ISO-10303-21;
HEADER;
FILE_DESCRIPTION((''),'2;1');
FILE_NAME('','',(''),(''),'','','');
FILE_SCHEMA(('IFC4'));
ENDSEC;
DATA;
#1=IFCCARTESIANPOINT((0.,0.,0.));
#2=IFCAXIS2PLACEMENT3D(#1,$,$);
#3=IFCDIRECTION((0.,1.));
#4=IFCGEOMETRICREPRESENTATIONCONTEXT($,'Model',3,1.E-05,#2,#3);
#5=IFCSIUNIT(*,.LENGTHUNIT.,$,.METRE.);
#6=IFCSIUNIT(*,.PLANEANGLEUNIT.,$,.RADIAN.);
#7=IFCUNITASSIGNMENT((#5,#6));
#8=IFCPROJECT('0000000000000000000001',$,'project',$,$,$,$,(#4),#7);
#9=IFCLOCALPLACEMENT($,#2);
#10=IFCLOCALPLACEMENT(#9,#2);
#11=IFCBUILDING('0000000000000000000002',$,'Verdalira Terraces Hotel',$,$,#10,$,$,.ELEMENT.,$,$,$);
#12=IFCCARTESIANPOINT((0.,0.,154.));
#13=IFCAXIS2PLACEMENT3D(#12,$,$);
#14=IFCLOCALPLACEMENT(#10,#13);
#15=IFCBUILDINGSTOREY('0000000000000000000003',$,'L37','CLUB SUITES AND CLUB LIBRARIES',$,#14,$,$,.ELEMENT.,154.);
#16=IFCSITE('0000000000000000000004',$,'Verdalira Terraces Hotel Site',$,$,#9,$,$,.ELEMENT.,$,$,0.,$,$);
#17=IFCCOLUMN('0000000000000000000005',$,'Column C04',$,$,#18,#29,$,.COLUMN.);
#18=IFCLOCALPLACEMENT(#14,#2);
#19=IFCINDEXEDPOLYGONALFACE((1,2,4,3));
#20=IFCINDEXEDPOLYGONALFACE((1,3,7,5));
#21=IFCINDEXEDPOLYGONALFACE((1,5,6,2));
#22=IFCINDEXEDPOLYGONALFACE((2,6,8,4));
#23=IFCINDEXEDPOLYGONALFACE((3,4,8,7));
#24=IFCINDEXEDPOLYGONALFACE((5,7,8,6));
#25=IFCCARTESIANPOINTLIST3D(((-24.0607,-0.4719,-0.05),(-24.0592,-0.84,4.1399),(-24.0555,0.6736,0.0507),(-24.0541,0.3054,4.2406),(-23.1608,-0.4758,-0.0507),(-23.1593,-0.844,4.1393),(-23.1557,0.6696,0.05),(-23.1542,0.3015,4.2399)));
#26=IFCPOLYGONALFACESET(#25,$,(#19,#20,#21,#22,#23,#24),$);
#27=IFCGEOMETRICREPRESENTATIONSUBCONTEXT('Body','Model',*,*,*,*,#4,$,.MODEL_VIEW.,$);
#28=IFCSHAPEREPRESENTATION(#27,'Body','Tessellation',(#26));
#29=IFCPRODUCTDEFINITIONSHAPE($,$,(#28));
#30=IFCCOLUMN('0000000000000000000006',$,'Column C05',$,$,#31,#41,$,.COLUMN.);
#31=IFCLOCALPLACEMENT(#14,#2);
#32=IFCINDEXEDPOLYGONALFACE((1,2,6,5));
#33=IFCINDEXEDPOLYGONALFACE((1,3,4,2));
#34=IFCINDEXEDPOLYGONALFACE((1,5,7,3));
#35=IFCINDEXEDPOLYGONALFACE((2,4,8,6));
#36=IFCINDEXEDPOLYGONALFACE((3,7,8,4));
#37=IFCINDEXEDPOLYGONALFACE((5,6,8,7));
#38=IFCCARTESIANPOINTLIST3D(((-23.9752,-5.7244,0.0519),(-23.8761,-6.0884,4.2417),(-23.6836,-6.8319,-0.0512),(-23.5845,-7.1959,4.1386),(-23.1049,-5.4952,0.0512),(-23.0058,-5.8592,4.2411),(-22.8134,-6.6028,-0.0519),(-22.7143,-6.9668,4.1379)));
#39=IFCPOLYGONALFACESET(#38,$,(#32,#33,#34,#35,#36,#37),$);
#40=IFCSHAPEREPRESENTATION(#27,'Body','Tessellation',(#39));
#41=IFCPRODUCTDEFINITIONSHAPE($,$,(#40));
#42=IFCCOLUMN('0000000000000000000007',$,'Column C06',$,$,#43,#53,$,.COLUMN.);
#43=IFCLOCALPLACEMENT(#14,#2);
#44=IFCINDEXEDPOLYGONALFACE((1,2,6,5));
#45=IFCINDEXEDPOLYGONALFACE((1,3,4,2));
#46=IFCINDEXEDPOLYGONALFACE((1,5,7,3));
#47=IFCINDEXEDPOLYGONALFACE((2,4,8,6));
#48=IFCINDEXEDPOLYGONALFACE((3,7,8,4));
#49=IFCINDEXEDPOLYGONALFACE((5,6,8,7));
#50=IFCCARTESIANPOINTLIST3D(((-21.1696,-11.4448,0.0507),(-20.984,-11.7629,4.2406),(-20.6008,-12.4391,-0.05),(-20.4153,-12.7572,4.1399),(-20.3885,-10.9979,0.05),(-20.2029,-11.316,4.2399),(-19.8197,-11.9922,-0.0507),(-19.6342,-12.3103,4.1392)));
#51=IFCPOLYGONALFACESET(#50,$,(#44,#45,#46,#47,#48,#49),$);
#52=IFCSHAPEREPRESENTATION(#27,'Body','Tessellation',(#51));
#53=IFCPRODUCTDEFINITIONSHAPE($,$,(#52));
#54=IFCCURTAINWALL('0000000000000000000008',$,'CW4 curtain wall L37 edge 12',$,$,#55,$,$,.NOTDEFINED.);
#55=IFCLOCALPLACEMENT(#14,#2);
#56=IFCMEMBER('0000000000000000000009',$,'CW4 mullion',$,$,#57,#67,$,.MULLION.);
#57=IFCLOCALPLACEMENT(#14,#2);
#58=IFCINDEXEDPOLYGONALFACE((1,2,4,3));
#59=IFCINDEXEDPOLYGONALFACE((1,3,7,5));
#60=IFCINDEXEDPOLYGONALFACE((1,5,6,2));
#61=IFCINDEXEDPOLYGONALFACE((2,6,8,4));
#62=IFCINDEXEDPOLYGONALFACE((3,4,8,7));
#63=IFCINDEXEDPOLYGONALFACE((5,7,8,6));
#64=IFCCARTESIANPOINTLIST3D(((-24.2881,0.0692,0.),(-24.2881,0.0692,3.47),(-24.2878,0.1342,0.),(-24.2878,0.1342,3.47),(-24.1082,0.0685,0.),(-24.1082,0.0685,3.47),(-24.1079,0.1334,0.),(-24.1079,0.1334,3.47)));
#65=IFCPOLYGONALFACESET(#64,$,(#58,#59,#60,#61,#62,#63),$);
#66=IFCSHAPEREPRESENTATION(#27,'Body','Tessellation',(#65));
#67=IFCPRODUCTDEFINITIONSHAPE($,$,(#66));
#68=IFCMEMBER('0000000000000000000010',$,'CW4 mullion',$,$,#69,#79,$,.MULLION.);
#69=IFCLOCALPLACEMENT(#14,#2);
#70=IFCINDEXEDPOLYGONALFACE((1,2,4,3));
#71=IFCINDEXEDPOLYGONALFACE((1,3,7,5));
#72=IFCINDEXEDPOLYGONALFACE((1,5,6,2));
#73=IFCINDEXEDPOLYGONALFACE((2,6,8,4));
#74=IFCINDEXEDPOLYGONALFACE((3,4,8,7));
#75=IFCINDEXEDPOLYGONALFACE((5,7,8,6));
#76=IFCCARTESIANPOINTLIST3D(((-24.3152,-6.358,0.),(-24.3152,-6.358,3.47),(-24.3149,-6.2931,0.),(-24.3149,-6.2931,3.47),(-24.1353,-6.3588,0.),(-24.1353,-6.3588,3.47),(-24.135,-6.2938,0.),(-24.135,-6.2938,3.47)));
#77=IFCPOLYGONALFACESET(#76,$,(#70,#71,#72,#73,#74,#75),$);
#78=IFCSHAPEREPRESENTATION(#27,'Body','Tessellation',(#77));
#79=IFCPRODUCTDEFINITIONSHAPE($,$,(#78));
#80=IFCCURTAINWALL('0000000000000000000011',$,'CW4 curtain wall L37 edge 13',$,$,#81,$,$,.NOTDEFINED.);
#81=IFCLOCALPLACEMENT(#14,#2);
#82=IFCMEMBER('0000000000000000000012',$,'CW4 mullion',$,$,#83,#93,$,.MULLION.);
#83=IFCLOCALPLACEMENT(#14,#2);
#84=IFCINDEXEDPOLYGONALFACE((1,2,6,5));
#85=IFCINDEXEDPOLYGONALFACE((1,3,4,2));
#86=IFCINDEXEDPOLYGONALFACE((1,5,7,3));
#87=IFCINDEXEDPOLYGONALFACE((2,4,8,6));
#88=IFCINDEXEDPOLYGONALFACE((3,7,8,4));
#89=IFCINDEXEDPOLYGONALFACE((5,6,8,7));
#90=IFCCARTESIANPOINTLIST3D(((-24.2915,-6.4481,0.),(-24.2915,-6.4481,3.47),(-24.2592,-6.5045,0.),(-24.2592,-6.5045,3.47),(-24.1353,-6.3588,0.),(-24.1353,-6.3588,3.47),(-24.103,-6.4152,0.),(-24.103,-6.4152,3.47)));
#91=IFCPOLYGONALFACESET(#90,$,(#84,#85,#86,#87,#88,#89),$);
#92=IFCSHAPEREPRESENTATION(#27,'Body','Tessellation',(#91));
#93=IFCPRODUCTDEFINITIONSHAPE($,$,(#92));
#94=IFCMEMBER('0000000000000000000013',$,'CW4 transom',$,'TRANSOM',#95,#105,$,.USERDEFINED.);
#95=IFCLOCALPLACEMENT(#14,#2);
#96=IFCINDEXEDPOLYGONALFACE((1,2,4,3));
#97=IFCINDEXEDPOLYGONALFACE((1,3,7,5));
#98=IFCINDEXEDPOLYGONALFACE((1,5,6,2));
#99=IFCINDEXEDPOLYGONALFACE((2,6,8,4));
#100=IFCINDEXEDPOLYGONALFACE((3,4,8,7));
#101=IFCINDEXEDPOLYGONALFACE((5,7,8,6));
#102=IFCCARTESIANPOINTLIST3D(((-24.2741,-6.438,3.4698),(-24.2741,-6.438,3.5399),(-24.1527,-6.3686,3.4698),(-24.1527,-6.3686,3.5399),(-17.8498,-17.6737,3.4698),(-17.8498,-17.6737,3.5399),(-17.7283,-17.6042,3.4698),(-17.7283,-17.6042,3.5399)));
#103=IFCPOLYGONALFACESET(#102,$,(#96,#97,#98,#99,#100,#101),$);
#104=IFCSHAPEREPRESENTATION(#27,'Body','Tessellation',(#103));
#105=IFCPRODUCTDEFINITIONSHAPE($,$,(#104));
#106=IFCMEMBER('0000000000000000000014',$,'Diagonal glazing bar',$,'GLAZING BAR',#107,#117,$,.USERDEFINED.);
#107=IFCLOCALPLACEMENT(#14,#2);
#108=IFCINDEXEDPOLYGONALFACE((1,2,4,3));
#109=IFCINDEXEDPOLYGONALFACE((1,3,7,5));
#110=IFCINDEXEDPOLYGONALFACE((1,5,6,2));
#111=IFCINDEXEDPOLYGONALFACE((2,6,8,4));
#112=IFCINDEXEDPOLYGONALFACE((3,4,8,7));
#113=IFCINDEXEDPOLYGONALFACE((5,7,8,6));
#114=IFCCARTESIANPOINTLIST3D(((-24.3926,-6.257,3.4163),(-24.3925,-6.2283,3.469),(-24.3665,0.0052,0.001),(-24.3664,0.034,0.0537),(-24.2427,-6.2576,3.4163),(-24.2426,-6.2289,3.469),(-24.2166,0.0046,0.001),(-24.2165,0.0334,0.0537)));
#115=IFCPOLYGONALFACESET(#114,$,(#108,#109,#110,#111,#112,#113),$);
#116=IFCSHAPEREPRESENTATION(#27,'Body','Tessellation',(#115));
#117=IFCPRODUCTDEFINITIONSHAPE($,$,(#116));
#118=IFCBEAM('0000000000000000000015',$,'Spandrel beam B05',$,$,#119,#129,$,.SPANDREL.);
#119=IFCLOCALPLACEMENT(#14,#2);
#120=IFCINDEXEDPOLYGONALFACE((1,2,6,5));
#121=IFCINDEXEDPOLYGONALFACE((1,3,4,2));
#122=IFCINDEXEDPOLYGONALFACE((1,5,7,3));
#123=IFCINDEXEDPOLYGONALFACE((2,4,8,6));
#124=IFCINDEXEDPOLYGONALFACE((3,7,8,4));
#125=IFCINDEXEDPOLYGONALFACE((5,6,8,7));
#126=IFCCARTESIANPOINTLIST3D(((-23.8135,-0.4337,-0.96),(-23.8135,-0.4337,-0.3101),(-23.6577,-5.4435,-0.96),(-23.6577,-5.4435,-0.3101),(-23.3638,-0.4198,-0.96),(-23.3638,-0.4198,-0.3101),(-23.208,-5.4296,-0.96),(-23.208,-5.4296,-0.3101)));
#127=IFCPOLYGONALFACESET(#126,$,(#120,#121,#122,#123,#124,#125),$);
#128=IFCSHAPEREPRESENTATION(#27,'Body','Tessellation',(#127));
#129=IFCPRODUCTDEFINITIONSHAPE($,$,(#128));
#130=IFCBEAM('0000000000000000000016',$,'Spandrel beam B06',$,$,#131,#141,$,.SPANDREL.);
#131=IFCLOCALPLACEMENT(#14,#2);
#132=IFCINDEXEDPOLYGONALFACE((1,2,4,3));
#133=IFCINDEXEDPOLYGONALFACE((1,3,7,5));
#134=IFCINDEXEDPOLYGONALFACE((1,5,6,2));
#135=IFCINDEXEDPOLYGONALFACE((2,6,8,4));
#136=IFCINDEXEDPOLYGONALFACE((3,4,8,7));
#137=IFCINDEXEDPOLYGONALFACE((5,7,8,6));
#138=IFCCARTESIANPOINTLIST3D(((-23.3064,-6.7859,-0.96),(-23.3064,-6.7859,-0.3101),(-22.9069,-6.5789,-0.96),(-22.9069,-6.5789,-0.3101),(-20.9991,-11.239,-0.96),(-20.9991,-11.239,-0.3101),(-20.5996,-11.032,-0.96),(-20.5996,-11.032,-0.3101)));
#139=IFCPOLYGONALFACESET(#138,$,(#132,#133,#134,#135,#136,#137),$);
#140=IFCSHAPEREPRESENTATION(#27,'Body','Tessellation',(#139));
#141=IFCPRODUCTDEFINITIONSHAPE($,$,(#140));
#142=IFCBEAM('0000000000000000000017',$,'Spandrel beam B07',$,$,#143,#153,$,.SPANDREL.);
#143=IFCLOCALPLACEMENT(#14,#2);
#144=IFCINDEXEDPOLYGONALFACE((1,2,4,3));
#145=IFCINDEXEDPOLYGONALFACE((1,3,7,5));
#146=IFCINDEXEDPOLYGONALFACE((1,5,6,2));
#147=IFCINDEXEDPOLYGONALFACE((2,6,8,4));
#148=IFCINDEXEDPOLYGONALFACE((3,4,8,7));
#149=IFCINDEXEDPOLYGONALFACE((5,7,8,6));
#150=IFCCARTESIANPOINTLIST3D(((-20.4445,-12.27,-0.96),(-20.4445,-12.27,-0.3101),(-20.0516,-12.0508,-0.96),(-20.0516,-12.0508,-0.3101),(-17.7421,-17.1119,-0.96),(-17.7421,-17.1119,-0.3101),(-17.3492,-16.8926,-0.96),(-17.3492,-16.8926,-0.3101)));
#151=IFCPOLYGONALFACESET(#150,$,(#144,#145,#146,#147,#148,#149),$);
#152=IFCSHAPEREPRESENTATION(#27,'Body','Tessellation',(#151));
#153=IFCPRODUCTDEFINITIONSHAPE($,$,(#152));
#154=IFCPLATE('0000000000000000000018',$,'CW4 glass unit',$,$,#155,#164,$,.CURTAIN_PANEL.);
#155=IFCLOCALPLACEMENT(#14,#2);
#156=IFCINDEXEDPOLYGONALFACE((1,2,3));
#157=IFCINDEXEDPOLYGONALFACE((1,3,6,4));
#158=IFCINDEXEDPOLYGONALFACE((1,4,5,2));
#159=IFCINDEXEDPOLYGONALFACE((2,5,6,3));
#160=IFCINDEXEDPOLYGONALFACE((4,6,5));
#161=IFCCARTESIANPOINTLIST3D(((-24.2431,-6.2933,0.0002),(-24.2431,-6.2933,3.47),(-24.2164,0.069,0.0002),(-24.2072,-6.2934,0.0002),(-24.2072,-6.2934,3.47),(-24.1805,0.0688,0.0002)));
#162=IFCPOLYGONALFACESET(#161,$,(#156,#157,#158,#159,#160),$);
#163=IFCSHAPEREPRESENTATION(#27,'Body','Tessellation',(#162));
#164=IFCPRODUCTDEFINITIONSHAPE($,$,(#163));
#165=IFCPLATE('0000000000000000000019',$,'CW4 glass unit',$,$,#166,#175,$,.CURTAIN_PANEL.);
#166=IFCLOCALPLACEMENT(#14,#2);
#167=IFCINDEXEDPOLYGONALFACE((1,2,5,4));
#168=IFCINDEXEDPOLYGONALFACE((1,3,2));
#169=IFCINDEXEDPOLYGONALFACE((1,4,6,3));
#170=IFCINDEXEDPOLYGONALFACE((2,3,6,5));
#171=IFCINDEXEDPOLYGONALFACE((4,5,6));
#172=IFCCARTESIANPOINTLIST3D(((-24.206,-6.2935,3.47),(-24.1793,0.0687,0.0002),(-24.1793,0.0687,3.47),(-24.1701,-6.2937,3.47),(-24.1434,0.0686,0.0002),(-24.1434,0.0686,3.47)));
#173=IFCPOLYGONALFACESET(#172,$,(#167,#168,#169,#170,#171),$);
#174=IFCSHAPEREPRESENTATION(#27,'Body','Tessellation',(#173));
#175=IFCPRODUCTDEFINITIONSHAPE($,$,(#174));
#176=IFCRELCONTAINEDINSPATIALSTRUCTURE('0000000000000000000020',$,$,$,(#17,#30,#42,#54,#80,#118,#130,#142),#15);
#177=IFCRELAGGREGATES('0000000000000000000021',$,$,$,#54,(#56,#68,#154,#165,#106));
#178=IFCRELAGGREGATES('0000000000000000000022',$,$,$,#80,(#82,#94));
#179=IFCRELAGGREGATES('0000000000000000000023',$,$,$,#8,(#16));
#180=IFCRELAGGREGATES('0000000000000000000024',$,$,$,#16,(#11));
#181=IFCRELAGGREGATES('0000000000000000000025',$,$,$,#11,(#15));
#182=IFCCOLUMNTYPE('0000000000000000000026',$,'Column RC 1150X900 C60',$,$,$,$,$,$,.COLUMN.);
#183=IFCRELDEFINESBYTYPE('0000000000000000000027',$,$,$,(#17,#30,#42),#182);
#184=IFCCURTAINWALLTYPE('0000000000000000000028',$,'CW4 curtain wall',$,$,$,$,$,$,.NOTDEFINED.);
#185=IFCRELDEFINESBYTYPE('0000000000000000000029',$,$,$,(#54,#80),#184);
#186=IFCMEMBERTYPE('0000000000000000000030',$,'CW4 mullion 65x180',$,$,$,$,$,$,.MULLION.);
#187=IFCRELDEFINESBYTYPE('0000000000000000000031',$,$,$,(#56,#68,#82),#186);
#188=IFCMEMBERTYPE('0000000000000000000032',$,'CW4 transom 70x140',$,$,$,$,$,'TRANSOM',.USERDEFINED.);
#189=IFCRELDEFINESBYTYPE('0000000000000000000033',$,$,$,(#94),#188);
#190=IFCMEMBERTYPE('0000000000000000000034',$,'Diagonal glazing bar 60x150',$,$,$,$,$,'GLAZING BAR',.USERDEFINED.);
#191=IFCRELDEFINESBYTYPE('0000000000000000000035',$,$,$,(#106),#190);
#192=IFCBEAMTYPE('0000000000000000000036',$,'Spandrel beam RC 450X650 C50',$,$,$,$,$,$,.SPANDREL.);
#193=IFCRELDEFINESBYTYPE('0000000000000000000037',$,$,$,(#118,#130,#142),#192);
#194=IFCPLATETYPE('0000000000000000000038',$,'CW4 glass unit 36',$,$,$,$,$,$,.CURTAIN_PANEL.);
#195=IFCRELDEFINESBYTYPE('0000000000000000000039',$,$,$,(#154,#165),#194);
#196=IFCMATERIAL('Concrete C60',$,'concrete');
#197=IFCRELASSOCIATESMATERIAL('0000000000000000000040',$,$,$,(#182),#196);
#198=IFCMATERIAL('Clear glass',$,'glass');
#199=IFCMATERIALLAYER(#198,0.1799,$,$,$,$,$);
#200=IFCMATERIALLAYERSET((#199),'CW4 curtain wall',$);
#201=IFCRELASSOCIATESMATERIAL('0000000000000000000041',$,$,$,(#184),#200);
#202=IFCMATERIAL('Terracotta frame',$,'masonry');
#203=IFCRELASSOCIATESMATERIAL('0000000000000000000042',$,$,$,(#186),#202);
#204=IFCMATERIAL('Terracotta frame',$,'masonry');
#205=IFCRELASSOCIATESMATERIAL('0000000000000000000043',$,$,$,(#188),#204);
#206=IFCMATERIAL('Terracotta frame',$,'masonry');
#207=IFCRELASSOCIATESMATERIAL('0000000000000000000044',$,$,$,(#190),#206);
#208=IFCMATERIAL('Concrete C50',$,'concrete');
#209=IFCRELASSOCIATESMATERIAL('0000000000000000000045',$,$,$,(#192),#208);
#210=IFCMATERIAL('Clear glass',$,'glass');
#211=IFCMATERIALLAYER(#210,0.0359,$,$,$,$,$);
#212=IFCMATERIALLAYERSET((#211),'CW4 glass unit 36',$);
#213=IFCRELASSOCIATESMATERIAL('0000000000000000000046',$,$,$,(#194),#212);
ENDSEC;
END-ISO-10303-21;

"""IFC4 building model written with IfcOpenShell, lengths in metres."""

from ifc_helpers import new_model, si_unit, direction, frame, origin, origin_2d, place, context, subcontext, project, spatial, polyline, rectangle, outline, extrude, material, layer, layer_set, material_profile, profile_set, type_object, element, aggregate, save


model = new_model("IFC4")

# Units and contexts
model_context = context("Model", 3, precision=1e-05, world=origin(), true_north=direction((0.0, 1.0)))
body_context = subcontext(model_context, "Body", "Model", "MODEL_VIEW")
ifc_project = project(units=[si_unit("LENGTHUNIT", "METRE"), si_unit("PLANEANGLEUNIT", "RADIAN")], contexts=[model_context])

# Site, building, storey
site_placement = place(None, origin())
site = spatial("IfcSite", under=ifc_project, at=site_placement, Name="Verdalira Terraces Hotel Site", CompositionType="ELEMENT", RefElevation=0.0)
building_placement = place(site_placement, origin())
building = spatial("IfcBuilding", under=site, at=building_placement, Name="Verdalira Terraces Hotel", CompositionType="ELEMENT")
storey_placement = place(building_placement, frame((0.0, 0.0, 154.0)))
storey = spatial("IfcBuildingStorey", under=building, at=storey_placement, Name="L37", Description="CLUB SUITES AND CLUB LIBRARIES", CompositionType="ELEMENT", Elevation=154.0)

# Columns
ifc_material_1 = material(Name="Concrete C60", Category="concrete")
ifc_material_profile_1 = material_profile(ifc_material_1, rectangle(XDim=1.1499, YDim=0.8999, at=origin_2d()), Name="RC 1150X900")
ifc_profile_set_1 = profile_set([ifc_material_profile_1], Name="Concrete C60")
column_type = type_object("IfcColumnType", Name="Column RC 1150X900 C60", PredefinedType="COLUMN", material=ifc_profile_set_1)
column_1_placement = place(storey_placement, frame((-23.6082, 0.0989, 0.0), z_axis=(0.000348, -0.087531, 0.996162), x_axis=(-0.004447, -0.996152, -0.087529)))
element("IfcColumn", 1, at=column_1_placement, inside=storey, type_object=column_type, Name="Column C04", PredefinedType="COLUMN", context=body_context, shape_type="SweptSolid", body=[
    extrude(rectangle(XDim=1.1499, YDim=0.8999, at=origin_2d()), origin(), (0.0, 0.0, 1.0), 4.2061),
])
column_2_placement = place(storey_placement, frame((-23.3943, -6.1636, 0.0), z_axis=(0.023562, -0.086528, 0.995971), x_axis=(-0.253551, 0.963156, 0.089675)))
element("IfcColumn", 2, at=column_2_placement, inside=storey, type_object=column_type, Name="Column C05", PredefinedType="COLUMN", context=body_context, shape_type="SweptSolid", body=[
    extrude(rectangle(XDim=1.1499, YDim=0.8999, at=origin_2d()), origin(), (0.0, 0.0, 1.0), 4.2068),
])
column_3_placement = place(storey_placement, frame((-20.4946, -11.7185, 0.0), z_axis=(0.044114, -0.075632, 0.99616), x_axis=(0.494612, -0.864693, -0.087554)))
element("IfcColumn", 3, at=column_3_placement, inside=storey, type_object=column_type, Name="Column C06", PredefinedType="COLUMN", context=body_context, shape_type="SweptSolid", body=[
    extrude(rectangle(XDim=1.1499, YDim=0.8999, at=origin_2d()), origin(), (0.0, 0.0, 1.0), 4.2061),
])

# Curtain walls, members
ifc_material_2 = material(Name="Clear glass", Category="glass")
ifc_layer_1 = layer(ifc_material_2, 0.1799)
ifc_layer_set_1 = layer_set([ifc_layer_1], Name="CW4 curtain wall")
curtain_wall_type = type_object("IfcCurtainWallType", Name="CW4 curtain wall", PredefinedType="NOTDEFINED", material=ifc_layer_set_1)
curtain_wall_1_placement = place(storey_placement, origin())
curtain_wall_1 = element("IfcCurtainWall", 4, at=curtain_wall_1_placement, inside=storey, type_object=curtain_wall_type, Name="CW4 curtain wall L37 edge 12", PredefinedType="NOTDEFINED")
ifc_material_3 = material(Name="Terracotta frame", Category="masonry")
ifc_material_profile_2 = material_profile(ifc_material_3, rectangle(XDim=0.0649, YDim=0.1799, at=origin_2d()), Name="MU 65x180")
ifc_profile_set_2 = profile_set([ifc_material_profile_2], Name="Terracotta frame")
member_type_1 = type_object("IfcMemberType", Name="CW4 mullion 65x180", PredefinedType="MULLION", material=ifc_profile_set_2)
member_1_placement = place(storey_placement, frame((-24.198, 0.1013, 0.0), z_axis=(0.0, 0.0, 1.0), x_axis=(-0.004189, -0.999991, 0.0)))
member_1 = element("IfcMember", 5, at=member_1_placement, type_object=member_type_1, Name="CW4 mullion", PredefinedType="MULLION", context=body_context, shape_type="SweptSolid", body=[
    extrude(rectangle(XDim=0.0649, YDim=0.1799, at=origin_2d()), origin(), (0.0, 0.0, 1.0), 3.47),
])
member_2_placement = place(storey_placement, frame((-24.2251, -6.3259, 0.0), z_axis=(0.0, 0.0, 1.0), x_axis=(-0.004189, -0.999991, 0.0)))
member_2 = element("IfcMember", 6, at=member_2_placement, type_object=member_type_1, Name="CW4 mullion", PredefinedType="MULLION", context=body_context, shape_type="SweptSolid", body=[
    extrude(rectangle(XDim=0.0649, YDim=0.1799, at=origin_2d()), origin(), (0.0, 0.0, 1.0), 3.47),
])
curtain_wall_2_placement = place(storey_placement, origin())
curtain_wall_2 = element("IfcCurtainWall", 7, at=curtain_wall_2_placement, inside=storey, type_object=curtain_wall_type, Name="CW4 curtain wall L37 edge 13", PredefinedType="NOTDEFINED")
member_3_placement = place(storey_placement, frame((-24.1973, -6.4316, 0.0), z_axis=(0.0, 0.0, 1.0), x_axis=(0.496368, -0.868112, 0.0)))
member_3 = element("IfcMember", 8, at=member_3_placement, type_object=member_type_1, Name="CW4 mullion", PredefinedType="MULLION", context=body_context, shape_type="SweptSolid", body=[
    extrude(rectangle(XDim=0.0649, YDim=0.1799, at=origin_2d()), origin(), (0.0, 0.0, 1.0), 3.47),
])
ifc_material_4 = material(Name="Terracotta frame", Category="masonry")
ifc_material_profile_3 = material_profile(ifc_material_4, rectangle(XDim=0.1399, YDim=0.0701, at=origin_2d()), Name="TR 70x140")
ifc_profile_set_3 = profile_set([ifc_material_profile_3], Name="Terracotta frame")
member_type_2 = type_object("IfcMemberType", Name="CW4 transom 70x140", ElementType="TRANSOM", PredefinedType="USERDEFINED", material=ifc_profile_set_3)
member_4_placement = place(storey_placement, frame((-24.2134, -6.4033, 3.5049), z_axis=(0.496371, -0.868111, 0.0), x_axis=(0.868111, 0.496371, 0.0)))
member_4 = element("IfcMember", 9, at=member_4_placement, type_object=member_type_2, Name="CW4 transom", ObjectType="TRANSOM", PredefinedType="USERDEFINED", context=body_context, shape_type="SweptSolid", body=[
    extrude(rectangle(XDim=0.1399, YDim=0.0701, at=origin_2d()), origin(), (0.0, 0.0, 1.0), 12.9426),
])

# Member
ifc_material_5 = material(Name="Terracotta frame", Category="masonry")
ifc_material_profile_4 = material_profile(ifc_material_5, rectangle(XDim=0.1499, YDim=0.0601, at=origin_2d()), Name="GB 60x150")
ifc_profile_set_4 = profile_set([ifc_material_profile_4], Name="Terracotta frame")
member_type_3 = type_object("IfcMemberType", Name="Diagonal glazing bar 60x150", ElementType="GLAZING BAR", PredefinedType="USERDEFINED", material=ifc_profile_set_4)
member_5_placement = place(storey_placement, frame((-24.2915, 0.0193, 0.0273), z_axis=(-0.003662, -0.877917, 0.478799), x_axis=(0.999991, -0.004172, 0.0)))
member_5 = element("IfcMember", 10, at=member_5_placement, type_object=member_type_3, Name="Diagonal glazing bar", ObjectType="GLAZING BAR", PredefinedType="USERDEFINED", context=body_context, shape_type="SweptSolid", body=[
    extrude(rectangle(XDim=0.1499, YDim=0.0601, at=origin_2d()), origin(), (0.0, 0.0, 1.0), 7.1331),
])

# Beams
ifc_material_6 = material(Name="Concrete C50", Category="concrete")
ifc_material_profile_5 = material_profile(ifc_material_6, rectangle(XDim=0.45, YDim=0.6499, at=origin_2d()), Name="RC 450X650")
ifc_profile_set_5 = profile_set([ifc_material_profile_5], Name="Concrete C50")
beam_type = type_object("IfcBeamType", Name="Spandrel beam RC 450X650 C50", PredefinedType="SPANDREL", material=ifc_profile_set_5)
beam_1_placement = place(storey_placement, frame((-23.5886, -0.4268, -0.635), z_axis=(0.031077, -0.999517, 0.0), x_axis=(0.999517, 0.031077, 0.0)))
element("IfcBeam", 11, at=beam_1_placement, inside=storey, type_object=beam_type, Name="Spandrel beam B05", PredefinedType="SPANDREL", context=body_context, shape_type="SweptSolid", body=[
    extrude(rectangle(XDim=0.45, YDim=0.6499, at=origin_2d()), origin(), (0.0, 0.0, 1.0), 5.0122),
])
beam_2_placement = place(storey_placement, frame((-23.1067, -6.6824, -0.635), z_axis=(0.460057, -0.887889, 0.0), x_axis=(0.887889, 0.460057, 0.0)))
element("IfcBeam", 12, at=beam_2_placement, inside=storey, type_object=beam_type, Name="Spandrel beam B06", PredefinedType="SPANDREL", context=body_context, shape_type="SweptSolid", body=[
    extrude(rectangle(XDim=0.45, YDim=0.6499, at=origin_2d()), origin(), (0.0, 0.0, 1.0), 5.0154),
])
beam_3_placement = place(storey_placement, frame((-20.248, -12.1604, -0.635), z_axis=(0.487365, -0.873198, 0.0), x_axis=(0.873198, 0.487365, 0.0)))
element("IfcBeam", 13, at=beam_3_placement, inside=storey, type_object=beam_type, Name="Spandrel beam B07", PredefinedType="SPANDREL", context=body_context, shape_type="SweptSolid", body=[
    extrude(rectangle(XDim=0.45, YDim=0.6499, at=origin_2d()), origin(), (0.0, 0.0, 1.0), 5.5449),
])

# Plates
ifc_material_7 = material(Name="Clear glass", Category="glass")
ifc_layer_2 = layer(ifc_material_7, 0.0359)
ifc_layer_set_2 = layer_set([ifc_layer_2], Name="CW4 glass unit 36")
plate_type = type_object("IfcPlateType", Name="CW4 glass unit 36", PredefinedType="CURTAIN_PANEL", material=ifc_layer_set_2)
plate_1_placement = place(storey_placement, frame((-24.1938, -3.1123, 1.7351), z_axis=(-0.999991, 0.004189, 0.0), x_axis=(-0.004189, -0.999991, 0.0)))
plate_1 = element("IfcPlate", 14, at=plate_1_placement, type_object=plate_type, Name="CW4 glass unit", PredefinedType="CURTAIN_PANEL", context=body_context, shape_type="SweptSolid", body=[
    extrude(outline(polyline([(-3.1812, -1.7349), (3.1812, -1.7349), (3.1812, 1.7349), (-3.1812, -1.7349)])), origin(), (0.0, 0.0, 1.0), 0.0359),
])
plate_2_placement = place(storey_placement, frame((-24.1567, -3.1125, 1.7351), z_axis=(-0.999991, 0.004189, 0.0), x_axis=(-0.004189, -0.999991, 0.0)))
plate_2 = element("IfcPlate", 15, at=plate_2_placement, type_object=plate_type, Name="CW4 glass unit", PredefinedType="CURTAIN_PANEL", context=body_context, shape_type="SweptSolid", body=[
    extrude(outline(polyline([(-3.1812, -1.7349), (3.1812, 1.7349), (-3.1812, 1.7349), (-3.1812, -1.7349)])), origin(), (0.0, 0.0, 1.0), 0.0359),
])
aggregate(curtain_wall_1, [member_1, member_2, plate_1, plate_2, member_5])
aggregate(curtain_wall_2, [member_3, member_4])

save(model, "model.ifc")
